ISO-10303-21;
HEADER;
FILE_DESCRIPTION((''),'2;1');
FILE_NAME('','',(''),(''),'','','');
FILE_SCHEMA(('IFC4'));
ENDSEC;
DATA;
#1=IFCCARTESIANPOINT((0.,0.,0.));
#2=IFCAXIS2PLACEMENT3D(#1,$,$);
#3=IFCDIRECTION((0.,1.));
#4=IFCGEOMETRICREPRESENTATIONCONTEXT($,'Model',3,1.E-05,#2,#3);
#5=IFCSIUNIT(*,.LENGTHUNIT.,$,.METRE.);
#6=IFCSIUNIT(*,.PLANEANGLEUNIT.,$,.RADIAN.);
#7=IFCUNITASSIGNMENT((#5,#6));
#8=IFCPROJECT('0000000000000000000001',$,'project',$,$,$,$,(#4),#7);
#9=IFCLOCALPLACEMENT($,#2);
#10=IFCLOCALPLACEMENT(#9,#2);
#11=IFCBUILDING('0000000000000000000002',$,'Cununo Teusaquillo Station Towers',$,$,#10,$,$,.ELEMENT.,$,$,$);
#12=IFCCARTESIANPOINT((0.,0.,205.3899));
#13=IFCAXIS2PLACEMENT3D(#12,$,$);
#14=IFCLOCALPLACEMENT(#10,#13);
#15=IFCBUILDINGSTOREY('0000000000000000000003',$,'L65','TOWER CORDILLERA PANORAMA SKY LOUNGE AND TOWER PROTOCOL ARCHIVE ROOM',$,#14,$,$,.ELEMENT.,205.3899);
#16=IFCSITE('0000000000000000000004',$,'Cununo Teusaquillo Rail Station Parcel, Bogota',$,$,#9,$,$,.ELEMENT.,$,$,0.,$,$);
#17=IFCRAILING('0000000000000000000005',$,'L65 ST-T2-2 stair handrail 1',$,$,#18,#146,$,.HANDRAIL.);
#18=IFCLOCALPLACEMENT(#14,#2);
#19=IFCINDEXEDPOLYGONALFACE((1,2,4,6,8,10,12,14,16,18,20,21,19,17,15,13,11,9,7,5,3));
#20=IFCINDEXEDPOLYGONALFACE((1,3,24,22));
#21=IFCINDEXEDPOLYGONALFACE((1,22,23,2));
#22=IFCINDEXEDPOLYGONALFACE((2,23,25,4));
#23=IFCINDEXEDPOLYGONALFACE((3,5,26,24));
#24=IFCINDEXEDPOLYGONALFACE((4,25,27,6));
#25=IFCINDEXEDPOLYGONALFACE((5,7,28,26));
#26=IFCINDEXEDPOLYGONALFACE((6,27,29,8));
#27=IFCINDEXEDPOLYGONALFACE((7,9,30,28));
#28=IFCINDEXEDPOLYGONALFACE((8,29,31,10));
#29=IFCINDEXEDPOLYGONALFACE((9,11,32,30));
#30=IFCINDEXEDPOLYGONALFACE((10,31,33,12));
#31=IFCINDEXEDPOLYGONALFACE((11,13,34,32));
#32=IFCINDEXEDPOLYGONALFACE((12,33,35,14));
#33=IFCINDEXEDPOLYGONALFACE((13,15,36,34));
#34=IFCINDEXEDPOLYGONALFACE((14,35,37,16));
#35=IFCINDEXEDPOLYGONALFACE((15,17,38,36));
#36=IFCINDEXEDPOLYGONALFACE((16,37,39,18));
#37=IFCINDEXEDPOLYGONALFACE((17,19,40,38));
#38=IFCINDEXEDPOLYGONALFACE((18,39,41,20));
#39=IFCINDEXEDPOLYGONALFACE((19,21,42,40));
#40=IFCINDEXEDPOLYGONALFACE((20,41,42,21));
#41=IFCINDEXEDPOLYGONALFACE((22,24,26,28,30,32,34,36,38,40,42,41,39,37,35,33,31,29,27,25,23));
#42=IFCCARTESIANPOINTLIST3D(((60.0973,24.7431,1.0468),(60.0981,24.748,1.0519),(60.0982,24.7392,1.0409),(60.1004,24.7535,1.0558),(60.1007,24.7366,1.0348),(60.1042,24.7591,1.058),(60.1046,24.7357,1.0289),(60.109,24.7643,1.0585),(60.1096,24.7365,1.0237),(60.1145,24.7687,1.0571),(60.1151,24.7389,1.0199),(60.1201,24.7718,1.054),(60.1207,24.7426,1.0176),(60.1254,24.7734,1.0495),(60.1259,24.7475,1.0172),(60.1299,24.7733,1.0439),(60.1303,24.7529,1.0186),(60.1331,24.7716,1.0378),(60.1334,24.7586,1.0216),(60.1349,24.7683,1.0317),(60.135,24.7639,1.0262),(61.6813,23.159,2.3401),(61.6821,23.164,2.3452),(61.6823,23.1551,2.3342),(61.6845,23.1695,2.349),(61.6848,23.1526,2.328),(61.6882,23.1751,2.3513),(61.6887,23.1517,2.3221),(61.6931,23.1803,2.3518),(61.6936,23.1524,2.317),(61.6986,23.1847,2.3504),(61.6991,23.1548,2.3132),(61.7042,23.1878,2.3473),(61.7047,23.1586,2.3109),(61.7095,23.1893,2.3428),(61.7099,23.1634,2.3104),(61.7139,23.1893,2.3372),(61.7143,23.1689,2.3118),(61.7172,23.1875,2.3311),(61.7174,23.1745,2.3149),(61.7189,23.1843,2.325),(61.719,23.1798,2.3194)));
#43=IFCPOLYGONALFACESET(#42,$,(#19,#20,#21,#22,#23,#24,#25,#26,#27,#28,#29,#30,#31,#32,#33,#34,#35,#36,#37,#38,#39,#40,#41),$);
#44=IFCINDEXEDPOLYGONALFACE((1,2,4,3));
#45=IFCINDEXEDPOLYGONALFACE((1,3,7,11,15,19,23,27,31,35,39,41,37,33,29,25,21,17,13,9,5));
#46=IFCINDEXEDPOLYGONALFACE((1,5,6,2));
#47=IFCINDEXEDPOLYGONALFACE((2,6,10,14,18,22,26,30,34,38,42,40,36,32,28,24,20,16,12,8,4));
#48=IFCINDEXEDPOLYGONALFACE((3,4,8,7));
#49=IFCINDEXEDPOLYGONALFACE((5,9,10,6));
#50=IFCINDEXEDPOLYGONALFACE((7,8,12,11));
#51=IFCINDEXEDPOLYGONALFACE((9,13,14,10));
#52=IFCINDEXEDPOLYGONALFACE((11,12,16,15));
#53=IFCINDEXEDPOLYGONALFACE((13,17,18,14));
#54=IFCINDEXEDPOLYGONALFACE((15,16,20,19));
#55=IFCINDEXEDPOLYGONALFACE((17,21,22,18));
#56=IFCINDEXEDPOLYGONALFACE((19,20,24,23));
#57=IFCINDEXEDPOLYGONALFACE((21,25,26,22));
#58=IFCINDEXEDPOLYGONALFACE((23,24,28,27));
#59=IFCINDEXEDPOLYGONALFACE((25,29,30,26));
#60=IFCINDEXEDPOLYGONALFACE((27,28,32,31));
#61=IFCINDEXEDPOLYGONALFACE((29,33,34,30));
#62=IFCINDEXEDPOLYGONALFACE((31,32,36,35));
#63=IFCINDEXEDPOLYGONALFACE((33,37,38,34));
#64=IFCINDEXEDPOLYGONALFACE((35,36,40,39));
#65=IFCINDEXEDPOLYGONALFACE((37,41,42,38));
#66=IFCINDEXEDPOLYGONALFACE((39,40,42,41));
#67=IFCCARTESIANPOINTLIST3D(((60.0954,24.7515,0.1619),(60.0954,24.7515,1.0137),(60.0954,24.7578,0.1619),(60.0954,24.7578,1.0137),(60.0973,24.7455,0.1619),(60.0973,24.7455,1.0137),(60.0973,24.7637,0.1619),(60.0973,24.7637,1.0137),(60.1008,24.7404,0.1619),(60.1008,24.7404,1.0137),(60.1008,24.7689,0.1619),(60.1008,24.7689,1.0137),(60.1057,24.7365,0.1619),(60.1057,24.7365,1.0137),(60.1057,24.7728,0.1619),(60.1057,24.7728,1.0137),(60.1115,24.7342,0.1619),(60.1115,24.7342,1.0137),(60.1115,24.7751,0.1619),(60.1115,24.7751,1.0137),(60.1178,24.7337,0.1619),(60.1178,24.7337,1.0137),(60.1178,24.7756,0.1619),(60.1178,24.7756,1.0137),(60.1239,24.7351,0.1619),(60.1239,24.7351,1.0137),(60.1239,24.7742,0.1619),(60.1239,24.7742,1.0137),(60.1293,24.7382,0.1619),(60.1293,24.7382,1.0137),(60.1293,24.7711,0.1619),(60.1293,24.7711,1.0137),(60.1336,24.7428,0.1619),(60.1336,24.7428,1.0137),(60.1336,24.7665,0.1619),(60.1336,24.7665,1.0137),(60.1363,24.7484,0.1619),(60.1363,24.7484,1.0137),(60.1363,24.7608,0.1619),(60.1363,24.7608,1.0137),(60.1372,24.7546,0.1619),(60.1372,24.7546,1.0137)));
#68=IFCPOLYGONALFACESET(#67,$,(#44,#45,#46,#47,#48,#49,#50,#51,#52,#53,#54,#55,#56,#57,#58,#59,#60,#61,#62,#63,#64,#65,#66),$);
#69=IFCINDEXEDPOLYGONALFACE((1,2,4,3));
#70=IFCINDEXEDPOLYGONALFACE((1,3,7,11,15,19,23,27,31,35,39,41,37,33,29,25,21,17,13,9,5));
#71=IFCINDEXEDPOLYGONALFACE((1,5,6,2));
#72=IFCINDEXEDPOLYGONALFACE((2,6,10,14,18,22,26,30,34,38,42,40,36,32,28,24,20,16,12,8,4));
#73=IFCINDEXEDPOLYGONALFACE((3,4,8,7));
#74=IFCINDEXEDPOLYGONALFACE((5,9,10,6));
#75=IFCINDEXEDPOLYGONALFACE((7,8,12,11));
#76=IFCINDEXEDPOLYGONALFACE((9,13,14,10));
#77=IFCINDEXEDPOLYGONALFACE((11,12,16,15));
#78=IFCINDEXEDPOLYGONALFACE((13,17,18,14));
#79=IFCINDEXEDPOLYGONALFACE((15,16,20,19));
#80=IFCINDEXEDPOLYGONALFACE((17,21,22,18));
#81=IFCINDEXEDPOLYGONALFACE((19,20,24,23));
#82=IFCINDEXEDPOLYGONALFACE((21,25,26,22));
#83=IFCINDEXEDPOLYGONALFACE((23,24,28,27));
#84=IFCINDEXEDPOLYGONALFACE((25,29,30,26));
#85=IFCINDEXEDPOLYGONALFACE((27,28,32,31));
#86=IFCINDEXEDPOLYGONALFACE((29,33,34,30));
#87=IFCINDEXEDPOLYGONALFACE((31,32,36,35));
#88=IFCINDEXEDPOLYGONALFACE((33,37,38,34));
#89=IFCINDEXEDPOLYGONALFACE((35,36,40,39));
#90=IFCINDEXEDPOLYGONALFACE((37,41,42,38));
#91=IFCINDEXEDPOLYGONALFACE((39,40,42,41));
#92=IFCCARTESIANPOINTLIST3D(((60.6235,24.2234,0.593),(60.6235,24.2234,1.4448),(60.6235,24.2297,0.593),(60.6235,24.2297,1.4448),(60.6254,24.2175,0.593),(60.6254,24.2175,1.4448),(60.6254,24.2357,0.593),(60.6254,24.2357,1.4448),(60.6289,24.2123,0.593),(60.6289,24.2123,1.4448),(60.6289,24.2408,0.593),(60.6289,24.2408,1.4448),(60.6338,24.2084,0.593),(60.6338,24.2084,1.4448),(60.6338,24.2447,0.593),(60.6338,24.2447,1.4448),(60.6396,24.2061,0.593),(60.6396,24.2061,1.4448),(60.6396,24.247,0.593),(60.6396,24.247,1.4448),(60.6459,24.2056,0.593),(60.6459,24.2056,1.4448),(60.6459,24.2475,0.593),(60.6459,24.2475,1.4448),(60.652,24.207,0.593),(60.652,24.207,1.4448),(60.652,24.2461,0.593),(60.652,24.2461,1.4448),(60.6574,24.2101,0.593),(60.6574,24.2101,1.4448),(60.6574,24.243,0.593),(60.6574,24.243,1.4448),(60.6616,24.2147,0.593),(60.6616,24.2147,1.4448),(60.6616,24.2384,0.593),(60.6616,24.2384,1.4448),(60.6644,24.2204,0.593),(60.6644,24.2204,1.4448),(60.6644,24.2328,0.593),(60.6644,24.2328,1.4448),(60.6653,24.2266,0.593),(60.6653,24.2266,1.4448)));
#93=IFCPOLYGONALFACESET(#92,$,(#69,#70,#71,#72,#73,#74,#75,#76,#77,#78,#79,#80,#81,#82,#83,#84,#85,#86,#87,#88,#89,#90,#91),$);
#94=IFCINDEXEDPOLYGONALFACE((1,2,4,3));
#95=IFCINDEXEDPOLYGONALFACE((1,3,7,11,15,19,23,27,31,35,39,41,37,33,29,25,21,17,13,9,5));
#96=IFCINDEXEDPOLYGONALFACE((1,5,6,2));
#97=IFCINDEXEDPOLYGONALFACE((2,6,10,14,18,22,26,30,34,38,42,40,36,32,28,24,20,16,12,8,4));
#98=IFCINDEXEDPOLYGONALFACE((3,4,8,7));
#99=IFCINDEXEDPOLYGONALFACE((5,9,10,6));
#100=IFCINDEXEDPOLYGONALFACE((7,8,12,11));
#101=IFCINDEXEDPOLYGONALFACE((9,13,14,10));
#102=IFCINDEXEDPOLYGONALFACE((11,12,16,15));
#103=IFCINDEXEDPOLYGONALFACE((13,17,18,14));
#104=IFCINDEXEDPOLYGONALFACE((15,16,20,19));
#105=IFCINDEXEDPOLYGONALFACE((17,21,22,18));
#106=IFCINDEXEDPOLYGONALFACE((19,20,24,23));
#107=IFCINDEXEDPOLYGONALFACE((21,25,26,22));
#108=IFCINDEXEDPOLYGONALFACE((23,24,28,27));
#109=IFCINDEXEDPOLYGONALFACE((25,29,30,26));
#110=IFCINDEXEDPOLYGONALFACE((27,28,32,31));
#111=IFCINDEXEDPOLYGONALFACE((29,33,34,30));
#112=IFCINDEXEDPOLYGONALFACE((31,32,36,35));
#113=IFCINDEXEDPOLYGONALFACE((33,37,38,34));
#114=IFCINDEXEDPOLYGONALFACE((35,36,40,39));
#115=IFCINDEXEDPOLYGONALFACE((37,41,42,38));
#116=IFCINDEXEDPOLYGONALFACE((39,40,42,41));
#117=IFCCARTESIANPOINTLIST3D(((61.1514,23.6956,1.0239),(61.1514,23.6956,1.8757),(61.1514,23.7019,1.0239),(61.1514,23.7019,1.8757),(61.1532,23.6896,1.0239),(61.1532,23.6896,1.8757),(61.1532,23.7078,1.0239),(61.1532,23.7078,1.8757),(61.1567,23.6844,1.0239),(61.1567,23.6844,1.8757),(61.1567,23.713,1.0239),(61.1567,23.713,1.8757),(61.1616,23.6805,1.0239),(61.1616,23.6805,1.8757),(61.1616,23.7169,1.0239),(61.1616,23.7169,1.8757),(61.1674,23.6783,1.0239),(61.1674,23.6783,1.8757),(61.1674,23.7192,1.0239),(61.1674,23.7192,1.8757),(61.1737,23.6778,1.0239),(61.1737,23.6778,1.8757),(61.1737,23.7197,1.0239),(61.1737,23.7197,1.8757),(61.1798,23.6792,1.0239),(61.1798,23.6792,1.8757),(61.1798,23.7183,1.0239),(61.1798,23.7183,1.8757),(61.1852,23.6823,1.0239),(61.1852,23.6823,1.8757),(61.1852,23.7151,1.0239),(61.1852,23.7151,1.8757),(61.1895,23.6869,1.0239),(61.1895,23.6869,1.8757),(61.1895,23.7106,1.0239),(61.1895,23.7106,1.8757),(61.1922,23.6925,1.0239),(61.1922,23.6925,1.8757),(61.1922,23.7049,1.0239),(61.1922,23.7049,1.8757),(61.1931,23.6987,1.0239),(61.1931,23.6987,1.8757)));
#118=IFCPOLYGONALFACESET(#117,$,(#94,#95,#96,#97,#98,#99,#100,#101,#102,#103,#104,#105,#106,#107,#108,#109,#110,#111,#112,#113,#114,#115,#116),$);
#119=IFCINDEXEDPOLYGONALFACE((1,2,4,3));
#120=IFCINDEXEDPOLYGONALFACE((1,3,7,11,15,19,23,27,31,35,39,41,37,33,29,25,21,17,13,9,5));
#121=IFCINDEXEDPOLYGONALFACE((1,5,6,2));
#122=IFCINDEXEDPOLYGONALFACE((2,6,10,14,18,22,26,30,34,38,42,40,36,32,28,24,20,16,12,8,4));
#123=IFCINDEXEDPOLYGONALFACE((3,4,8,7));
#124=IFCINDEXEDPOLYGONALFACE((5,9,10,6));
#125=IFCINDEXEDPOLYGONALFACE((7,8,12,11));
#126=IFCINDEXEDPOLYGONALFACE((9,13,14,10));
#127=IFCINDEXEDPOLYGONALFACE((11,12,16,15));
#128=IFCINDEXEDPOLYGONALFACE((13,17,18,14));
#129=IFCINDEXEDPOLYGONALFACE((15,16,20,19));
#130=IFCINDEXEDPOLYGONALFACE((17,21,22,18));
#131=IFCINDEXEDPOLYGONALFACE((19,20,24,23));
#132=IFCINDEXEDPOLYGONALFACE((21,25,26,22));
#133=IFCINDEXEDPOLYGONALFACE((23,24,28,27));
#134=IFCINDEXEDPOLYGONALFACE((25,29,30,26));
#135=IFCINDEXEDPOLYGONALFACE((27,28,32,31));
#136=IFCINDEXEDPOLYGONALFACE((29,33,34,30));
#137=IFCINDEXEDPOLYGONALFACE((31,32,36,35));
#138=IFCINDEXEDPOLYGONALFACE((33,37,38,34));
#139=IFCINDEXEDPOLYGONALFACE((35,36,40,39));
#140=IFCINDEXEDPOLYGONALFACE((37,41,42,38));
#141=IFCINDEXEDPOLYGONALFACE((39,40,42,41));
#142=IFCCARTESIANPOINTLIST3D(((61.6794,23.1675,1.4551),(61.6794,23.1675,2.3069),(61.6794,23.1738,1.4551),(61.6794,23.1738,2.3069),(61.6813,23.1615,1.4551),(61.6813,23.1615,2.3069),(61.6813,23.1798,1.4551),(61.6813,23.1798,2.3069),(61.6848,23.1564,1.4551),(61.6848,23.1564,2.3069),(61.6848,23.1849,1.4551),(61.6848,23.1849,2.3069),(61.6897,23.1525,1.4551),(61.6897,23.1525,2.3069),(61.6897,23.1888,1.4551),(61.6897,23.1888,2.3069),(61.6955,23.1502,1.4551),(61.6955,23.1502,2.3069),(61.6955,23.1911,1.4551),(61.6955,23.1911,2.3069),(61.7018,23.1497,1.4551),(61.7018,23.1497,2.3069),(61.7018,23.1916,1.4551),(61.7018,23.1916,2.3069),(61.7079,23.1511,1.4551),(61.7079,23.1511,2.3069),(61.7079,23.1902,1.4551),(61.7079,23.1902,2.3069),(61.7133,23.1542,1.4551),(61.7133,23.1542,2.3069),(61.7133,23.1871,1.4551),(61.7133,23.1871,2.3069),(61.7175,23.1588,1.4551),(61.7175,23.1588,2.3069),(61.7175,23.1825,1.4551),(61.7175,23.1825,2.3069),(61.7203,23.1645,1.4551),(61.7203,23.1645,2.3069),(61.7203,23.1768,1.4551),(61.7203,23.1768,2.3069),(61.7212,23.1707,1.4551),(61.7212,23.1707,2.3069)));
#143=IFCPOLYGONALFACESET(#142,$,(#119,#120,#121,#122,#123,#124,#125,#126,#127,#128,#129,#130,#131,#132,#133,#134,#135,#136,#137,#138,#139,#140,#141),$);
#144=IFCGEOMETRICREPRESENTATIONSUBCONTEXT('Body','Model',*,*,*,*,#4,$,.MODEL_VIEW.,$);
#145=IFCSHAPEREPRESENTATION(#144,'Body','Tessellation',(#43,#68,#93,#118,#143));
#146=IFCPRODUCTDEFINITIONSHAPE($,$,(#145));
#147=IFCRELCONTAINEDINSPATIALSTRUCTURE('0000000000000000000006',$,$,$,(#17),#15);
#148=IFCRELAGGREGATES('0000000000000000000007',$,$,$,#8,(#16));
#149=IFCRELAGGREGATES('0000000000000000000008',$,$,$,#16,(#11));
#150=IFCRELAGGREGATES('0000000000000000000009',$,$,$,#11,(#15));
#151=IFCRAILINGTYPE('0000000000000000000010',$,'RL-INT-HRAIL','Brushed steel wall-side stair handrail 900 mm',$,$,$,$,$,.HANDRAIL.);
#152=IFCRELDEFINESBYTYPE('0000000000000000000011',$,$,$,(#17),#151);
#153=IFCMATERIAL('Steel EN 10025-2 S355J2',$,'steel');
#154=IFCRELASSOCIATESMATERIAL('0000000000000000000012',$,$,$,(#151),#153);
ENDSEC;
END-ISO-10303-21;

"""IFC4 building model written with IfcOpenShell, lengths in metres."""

from ifc_helpers import new_model, si_unit, direction, frame, origin, origin_2d, place, context, subcontext, project, spatial, circle, extrude, material, type_object, element, save


model = new_model("IFC4")

# Units and contexts
model_context = context("Model", 3, precision=1e-05, world=origin(), true_north=direction((0.0, 1.0)))
body_context = subcontext(model_context, "Body", "Model", "MODEL_VIEW")
ifc_project = project(units=[si_unit("LENGTHUNIT", "METRE"), si_unit("PLANEANGLEUNIT", "RADIAN")], contexts=[model_context])

# Site, building, storey
site_placement = place(None, origin())
site = spatial("IfcSite", under=ifc_project, at=site_placement, Name="Cununo Teusaquillo Rail Station Parcel, Bogota", CompositionType="ELEMENT", RefElevation=0.0)
building_placement = place(site_placement, origin())
building = spatial("IfcBuilding", under=site, at=building_placement, Name="Cununo Teusaquillo Station Towers", CompositionType="ELEMENT")
storey_placement = place(building_placement, frame((0.0, 0.0, 205.3899)))
storey = spatial("IfcBuildingStorey", under=building, at=storey_placement, Name="L65", Description="TOWER CORDILLERA PANORAMA SKY LOUNGE AND TOWER PROTOCOL ARCHIVE ROOM", CompositionType="ELEMENT", Elevation=205.3899)

# Railing
ifc_material_1 = material(Name="Steel EN 10025-2 S355J2", Category="steel")
railing_type_1 = type_object("IfcRailingType", Name="RL-INT-HRAIL", Description="Brushed steel wall-side stair handrail 900 mm", PredefinedType="HANDRAIL", material=ifc_material_1)
railing_1_placement = place(storey_placement, frame((60.1162, 24.7546, 0.1619)))
element("IfcRailing", 1, at=railing_1_placement, inside=storey, type_object=railing_type_1, Name="L65 ST-T2-2 stair handrail 1", PredefinedType="HANDRAIL", context=body_context, shape_type="SweptSolid", body=[
    extrude(circle(Radius=0.0239, at=origin_2d()), frame((0.0, 0.0, 0.876), z_axis=(0.612385, -0.612385, 0.49997), x_axis=(0.707107, 0.707107, 0.0)), (0.0, 0.0, 1.0), 2.5867),
    extrude(circle(Radius=0.021, at=origin_2d()), origin(), (0.0, 0.0, 1.0), 0.8518),
    extrude(circle(Radius=0.021, at=origin_2d()), frame((0.5281, -0.5281, 0.4312)), (0.0, 0.0, 1.0), 0.8518),
    extrude(circle(Radius=0.021, at=origin_2d()), frame((1.0559, -1.0559, 0.8621)), (0.0, 0.0, 1.0), 0.8518),
    extrude(circle(Radius=0.021, at=origin_2d()), frame((1.584, -1.584, 1.2932)), (0.0, 0.0, 1.0), 0.8518),
])

save(model, "model.ifc")
